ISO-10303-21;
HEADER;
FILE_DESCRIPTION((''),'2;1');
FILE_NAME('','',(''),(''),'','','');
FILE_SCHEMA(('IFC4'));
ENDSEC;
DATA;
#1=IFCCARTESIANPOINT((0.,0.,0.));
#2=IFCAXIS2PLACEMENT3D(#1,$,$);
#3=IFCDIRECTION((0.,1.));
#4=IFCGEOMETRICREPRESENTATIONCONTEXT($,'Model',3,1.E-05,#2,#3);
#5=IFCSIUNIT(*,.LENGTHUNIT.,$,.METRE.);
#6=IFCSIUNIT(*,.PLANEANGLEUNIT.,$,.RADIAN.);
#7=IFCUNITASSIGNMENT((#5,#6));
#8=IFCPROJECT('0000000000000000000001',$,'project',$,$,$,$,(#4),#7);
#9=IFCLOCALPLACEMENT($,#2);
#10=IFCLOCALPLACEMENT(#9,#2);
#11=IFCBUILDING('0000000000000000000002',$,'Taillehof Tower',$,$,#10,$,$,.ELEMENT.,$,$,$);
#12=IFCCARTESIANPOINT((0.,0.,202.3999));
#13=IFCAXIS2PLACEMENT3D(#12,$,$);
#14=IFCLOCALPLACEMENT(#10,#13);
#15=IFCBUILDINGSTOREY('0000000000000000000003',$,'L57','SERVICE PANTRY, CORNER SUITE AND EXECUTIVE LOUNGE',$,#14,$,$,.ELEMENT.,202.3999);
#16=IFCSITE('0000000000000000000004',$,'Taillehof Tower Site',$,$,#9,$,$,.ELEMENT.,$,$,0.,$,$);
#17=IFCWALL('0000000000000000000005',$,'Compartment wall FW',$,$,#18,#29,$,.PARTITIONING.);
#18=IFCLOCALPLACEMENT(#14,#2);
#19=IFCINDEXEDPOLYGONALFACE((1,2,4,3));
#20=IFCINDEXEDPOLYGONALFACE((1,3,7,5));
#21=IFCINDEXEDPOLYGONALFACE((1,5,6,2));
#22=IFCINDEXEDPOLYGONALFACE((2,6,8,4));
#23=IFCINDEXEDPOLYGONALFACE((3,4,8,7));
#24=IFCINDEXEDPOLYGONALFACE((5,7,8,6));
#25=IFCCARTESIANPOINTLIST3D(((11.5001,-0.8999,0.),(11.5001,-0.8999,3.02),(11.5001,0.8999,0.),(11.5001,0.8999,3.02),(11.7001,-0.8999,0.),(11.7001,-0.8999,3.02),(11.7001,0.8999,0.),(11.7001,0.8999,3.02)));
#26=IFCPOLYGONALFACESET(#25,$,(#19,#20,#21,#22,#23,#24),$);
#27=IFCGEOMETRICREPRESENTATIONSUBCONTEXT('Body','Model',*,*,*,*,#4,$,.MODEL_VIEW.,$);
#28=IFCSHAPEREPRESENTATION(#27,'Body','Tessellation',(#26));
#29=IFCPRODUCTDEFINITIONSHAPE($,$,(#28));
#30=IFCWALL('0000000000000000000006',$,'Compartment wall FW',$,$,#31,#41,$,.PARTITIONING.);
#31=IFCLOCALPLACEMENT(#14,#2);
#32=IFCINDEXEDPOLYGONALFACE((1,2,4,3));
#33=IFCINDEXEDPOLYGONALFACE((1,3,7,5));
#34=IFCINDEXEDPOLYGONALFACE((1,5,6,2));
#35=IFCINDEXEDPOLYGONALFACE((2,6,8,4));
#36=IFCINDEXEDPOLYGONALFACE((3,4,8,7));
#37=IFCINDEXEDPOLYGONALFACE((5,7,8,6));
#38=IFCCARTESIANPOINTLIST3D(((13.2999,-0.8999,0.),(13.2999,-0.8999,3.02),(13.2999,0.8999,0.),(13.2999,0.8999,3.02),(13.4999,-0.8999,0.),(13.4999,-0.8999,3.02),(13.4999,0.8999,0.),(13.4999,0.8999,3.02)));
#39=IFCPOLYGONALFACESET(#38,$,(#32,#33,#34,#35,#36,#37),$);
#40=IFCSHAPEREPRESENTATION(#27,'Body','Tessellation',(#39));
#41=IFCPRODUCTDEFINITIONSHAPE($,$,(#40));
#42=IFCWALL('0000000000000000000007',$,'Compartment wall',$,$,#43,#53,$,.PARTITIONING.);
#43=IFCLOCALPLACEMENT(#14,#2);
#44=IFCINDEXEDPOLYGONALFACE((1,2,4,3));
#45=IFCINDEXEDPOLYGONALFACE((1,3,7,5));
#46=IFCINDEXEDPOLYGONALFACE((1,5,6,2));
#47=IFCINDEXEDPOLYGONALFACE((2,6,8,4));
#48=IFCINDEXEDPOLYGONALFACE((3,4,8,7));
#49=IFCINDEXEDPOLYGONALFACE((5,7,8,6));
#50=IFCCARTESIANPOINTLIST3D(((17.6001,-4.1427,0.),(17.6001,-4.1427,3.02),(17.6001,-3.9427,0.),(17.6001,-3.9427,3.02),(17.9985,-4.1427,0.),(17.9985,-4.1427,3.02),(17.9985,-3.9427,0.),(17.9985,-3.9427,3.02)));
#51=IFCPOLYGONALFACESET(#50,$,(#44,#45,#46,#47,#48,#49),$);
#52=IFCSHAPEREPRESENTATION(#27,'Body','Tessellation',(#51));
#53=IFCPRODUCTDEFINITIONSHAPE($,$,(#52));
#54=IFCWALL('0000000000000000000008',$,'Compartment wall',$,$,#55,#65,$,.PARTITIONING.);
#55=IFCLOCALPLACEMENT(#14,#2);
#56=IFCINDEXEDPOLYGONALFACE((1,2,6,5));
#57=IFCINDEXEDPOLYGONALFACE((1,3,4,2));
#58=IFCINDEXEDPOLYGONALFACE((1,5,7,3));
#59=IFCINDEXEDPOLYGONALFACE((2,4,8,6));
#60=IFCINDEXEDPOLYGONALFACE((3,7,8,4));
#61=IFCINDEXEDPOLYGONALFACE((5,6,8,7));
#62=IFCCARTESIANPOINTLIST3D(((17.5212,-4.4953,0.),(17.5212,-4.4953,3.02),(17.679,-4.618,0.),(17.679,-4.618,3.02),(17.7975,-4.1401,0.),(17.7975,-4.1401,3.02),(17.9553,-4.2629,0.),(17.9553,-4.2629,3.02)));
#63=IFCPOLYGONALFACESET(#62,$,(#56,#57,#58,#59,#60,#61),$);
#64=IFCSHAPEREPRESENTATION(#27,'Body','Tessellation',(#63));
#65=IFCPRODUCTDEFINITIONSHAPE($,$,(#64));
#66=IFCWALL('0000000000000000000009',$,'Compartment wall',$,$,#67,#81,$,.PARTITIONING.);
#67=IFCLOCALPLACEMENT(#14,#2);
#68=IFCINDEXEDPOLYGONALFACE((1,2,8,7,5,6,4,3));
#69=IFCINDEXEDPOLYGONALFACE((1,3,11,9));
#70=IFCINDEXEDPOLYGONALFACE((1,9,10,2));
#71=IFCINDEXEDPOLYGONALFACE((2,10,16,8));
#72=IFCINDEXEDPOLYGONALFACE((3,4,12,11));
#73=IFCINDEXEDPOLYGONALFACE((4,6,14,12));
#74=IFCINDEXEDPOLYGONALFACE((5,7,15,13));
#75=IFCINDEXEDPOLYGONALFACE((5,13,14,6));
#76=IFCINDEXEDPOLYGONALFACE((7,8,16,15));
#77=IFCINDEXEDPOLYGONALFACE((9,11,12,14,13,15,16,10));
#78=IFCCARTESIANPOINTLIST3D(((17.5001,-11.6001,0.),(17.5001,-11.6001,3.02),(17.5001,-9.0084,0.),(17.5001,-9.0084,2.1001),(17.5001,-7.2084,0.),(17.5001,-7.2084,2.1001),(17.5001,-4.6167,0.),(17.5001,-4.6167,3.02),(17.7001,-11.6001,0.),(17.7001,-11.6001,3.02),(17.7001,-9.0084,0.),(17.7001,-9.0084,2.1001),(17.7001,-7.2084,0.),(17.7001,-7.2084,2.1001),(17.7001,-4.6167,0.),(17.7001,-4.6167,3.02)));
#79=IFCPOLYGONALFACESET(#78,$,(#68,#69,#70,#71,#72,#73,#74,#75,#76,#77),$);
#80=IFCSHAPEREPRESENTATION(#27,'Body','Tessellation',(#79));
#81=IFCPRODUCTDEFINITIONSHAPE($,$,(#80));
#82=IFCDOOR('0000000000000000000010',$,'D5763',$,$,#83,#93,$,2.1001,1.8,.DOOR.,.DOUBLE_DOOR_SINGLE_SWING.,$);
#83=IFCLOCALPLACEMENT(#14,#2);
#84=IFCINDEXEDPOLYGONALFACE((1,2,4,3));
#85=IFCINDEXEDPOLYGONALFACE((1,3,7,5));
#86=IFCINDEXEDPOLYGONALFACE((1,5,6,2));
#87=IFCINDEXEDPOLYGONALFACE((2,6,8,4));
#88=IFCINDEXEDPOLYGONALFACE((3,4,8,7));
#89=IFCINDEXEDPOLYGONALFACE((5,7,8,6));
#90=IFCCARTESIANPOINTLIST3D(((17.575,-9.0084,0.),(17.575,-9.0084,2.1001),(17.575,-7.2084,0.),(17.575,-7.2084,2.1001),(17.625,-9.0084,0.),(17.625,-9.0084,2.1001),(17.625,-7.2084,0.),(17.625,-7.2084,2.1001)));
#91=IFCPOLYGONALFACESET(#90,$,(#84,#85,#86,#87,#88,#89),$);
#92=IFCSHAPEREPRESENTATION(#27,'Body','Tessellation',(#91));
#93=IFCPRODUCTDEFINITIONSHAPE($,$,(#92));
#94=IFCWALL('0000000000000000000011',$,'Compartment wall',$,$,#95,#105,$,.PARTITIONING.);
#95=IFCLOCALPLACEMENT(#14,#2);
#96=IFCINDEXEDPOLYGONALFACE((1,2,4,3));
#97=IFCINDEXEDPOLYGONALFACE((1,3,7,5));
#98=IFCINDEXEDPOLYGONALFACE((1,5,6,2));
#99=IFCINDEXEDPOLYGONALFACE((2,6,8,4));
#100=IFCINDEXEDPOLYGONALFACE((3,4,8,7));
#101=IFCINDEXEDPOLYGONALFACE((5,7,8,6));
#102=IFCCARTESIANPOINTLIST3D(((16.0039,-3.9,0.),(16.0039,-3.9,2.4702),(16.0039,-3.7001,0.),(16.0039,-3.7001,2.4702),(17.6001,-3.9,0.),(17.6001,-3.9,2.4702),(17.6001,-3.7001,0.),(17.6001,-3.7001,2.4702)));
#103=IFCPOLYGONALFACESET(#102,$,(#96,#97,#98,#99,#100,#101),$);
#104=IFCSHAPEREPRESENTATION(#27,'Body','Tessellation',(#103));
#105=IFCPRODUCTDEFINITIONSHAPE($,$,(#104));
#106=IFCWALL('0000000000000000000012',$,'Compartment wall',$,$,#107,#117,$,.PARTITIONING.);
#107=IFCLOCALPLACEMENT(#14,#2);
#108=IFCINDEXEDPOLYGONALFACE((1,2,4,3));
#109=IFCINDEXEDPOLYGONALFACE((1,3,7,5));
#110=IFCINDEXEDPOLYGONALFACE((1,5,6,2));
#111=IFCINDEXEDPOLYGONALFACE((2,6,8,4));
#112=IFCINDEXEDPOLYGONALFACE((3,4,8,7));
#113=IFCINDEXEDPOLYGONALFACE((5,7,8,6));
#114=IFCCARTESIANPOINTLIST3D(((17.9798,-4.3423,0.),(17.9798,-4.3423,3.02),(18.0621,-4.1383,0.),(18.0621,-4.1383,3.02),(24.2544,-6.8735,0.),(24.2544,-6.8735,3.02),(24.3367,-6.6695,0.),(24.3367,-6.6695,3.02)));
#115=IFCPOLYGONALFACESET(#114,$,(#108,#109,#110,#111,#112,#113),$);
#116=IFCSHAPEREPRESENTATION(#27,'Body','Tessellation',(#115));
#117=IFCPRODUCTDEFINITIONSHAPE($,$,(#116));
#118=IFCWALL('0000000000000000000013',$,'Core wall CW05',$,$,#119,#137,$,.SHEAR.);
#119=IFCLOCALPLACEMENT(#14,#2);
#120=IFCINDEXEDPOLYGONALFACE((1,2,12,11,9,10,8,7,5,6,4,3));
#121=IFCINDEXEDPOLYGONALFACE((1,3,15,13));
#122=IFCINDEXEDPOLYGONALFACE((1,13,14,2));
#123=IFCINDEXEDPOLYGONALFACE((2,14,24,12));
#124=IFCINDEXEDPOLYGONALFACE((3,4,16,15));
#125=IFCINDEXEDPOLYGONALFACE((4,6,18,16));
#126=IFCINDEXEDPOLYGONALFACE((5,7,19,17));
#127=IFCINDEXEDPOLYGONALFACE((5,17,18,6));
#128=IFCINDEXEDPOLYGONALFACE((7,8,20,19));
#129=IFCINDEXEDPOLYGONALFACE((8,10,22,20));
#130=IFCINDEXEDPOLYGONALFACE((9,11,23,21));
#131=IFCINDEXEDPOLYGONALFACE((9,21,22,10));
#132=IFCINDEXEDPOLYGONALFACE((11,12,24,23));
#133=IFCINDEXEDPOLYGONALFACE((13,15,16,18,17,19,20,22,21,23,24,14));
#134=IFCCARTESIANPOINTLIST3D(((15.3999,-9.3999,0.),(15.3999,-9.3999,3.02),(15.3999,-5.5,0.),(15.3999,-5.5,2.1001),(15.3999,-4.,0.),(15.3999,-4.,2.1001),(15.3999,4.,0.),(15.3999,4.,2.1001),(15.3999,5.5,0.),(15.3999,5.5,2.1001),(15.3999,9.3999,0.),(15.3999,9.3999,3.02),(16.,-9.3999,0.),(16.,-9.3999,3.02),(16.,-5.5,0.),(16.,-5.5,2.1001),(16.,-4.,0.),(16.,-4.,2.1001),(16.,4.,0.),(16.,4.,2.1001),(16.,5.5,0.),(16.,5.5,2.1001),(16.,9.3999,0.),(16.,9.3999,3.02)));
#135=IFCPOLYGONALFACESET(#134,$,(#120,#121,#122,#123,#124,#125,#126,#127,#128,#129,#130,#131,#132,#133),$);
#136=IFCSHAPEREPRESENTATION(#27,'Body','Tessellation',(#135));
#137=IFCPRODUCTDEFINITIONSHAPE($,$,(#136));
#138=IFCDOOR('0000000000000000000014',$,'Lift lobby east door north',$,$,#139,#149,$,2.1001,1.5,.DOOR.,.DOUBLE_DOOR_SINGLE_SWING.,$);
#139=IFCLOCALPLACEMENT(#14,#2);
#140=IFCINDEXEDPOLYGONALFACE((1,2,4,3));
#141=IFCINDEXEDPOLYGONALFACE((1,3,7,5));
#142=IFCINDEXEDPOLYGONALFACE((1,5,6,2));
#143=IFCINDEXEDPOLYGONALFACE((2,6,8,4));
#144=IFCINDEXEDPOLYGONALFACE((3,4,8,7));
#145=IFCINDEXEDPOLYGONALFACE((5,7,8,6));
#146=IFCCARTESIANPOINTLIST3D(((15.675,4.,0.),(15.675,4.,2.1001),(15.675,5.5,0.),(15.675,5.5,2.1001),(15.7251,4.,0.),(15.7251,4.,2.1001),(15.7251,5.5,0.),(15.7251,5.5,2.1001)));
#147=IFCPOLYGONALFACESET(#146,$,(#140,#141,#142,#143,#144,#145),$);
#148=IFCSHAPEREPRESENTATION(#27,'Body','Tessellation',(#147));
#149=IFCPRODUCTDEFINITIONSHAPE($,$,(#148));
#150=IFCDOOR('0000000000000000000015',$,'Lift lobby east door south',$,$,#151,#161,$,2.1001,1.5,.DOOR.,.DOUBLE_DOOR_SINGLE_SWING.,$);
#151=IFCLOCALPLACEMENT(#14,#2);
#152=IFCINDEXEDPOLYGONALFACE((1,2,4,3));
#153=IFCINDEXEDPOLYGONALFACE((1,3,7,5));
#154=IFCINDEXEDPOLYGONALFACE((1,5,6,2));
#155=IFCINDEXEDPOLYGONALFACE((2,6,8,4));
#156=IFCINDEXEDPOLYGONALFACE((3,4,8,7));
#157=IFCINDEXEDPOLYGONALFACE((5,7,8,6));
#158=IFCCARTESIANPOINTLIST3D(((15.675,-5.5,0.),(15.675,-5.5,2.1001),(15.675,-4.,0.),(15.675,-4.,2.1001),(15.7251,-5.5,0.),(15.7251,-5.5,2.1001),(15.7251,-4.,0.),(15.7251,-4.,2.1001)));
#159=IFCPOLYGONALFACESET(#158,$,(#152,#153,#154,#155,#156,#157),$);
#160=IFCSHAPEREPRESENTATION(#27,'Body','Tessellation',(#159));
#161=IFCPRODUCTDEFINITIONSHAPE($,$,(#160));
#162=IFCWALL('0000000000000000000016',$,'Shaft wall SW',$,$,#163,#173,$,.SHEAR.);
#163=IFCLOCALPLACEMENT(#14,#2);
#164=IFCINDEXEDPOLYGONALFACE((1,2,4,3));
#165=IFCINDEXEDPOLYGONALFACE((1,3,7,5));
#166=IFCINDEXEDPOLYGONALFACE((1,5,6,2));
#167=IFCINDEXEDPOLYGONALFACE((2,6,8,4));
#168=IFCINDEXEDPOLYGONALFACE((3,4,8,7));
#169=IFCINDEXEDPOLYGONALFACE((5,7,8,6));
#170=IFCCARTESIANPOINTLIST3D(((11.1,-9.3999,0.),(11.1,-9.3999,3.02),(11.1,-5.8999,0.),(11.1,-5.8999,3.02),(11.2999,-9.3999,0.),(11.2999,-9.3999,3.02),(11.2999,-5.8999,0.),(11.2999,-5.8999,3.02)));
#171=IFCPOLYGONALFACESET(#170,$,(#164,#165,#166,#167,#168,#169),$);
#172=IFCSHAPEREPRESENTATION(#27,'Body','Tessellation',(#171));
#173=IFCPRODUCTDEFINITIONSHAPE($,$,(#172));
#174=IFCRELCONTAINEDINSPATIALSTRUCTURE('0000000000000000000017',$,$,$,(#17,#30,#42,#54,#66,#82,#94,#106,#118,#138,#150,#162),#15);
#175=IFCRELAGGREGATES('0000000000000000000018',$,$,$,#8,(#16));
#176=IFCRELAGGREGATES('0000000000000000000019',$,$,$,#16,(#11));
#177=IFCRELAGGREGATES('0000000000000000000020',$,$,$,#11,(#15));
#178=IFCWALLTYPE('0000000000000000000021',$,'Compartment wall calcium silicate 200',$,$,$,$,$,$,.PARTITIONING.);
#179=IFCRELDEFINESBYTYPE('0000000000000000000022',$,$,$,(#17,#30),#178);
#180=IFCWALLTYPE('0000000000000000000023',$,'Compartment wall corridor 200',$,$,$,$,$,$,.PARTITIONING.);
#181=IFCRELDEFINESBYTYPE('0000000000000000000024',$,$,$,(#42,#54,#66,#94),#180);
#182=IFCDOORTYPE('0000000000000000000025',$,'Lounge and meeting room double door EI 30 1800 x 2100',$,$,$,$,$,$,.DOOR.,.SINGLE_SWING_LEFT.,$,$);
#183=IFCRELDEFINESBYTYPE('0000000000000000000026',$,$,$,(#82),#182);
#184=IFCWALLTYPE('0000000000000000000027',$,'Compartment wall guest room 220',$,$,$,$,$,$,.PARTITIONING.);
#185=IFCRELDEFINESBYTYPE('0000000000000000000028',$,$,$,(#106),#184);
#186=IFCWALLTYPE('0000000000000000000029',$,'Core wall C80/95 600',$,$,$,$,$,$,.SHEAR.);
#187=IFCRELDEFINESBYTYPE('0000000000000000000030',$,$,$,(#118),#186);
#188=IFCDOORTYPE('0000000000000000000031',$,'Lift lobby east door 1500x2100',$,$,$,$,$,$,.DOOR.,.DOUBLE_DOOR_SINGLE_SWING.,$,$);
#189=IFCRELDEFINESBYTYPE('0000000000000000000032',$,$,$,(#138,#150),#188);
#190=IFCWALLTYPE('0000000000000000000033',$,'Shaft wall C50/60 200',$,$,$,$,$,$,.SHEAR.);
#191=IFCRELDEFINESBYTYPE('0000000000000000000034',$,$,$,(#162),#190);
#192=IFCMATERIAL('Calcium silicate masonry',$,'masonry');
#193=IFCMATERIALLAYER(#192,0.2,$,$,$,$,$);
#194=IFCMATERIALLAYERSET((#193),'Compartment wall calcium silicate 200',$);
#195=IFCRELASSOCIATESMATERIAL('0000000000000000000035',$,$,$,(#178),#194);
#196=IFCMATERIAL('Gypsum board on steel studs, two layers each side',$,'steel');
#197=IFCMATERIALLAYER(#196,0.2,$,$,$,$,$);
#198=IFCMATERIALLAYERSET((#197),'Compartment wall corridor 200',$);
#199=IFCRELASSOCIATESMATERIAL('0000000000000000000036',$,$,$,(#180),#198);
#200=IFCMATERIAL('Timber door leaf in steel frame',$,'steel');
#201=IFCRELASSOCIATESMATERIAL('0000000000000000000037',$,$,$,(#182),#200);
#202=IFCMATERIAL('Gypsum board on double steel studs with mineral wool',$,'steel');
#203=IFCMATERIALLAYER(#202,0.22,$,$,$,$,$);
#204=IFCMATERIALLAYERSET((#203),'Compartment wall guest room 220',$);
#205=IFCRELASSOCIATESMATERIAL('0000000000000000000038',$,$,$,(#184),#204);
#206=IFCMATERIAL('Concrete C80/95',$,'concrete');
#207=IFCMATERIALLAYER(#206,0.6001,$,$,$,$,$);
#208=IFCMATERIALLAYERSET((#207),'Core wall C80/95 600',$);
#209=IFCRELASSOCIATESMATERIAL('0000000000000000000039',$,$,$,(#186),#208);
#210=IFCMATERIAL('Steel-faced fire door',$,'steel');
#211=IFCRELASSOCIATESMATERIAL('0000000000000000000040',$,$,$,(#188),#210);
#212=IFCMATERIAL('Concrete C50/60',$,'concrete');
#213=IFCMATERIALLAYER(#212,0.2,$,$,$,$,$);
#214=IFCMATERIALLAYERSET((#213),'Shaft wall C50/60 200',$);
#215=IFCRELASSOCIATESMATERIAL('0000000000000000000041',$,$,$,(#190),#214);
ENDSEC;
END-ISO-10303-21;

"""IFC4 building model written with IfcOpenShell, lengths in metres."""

from ifc_helpers import new_model, si_unit, direction, frame, frame_2d, origin, place, context, subcontext, project, spatial, rectangle, extrude, material, layer, layer_set, type_object, element, fill, save


model = new_model("IFC4")

# Units and contexts
model_context = context("Model", 3, precision=1e-05, world=origin(), true_north=direction((0.0, 1.0)))
body_context = subcontext(model_context, "Body", "Model", "MODEL_VIEW")
ifc_project = project(units=[si_unit("LENGTHUNIT", "METRE"), si_unit("PLANEANGLEUNIT", "RADIAN")], contexts=[model_context])

# Site, building, storey
site_placement = place(None, origin())
site = spatial("IfcSite", under=ifc_project, at=site_placement, Name="Taillehof Tower Site", CompositionType="ELEMENT", RefElevation=0.0)
building_placement = place(site_placement, origin())
building = spatial("IfcBuilding", under=site, at=building_placement, Name="Taillehof Tower", CompositionType="ELEMENT")
storey_placement = place(building_placement, frame((0.0, 0.0, 202.3999)))
storey = spatial("IfcBuildingStorey", under=building, at=storey_placement, Name="L57", Description="SERVICE PANTRY, CORNER SUITE AND EXECUTIVE LOUNGE", CompositionType="ELEMENT", Elevation=202.3999)

# Walls
ifc_material_1 = material(Name="Calcium silicate masonry", Category="masonry")
ifc_layer_1 = layer(ifc_material_1, 0.2)
ifc_layer_set_1 = layer_set([ifc_layer_1], Name="Compartment wall calcium silicate 200")
wall_type_1 = type_object("IfcWallType", Name="Compartment wall calcium silicate 200", PredefinedType="PARTITIONING", material=ifc_layer_set_1)
for number, where, z_axis, x_axis, name in (
    (1, (11.6001, -0.8999, 0.0), (0.0, 0.0, 1.0), (0.0, 1.0, 0.0), "Compartment wall FW"),
    (2, (13.3999, -0.8999, 0.0), (0.0, 0.0, 1.0), (0.0, 1.0, 0.0), "Compartment wall FW"),
):
    element("IfcWall", number, at=place(storey_placement, frame(where, z_axis=z_axis, x_axis=x_axis)), inside=storey, type_object=wall_type_1, Name=name, PredefinedType="PARTITIONING", context=body_context, shape_type="SweptSolid", body=[
        extrude(rectangle(XDim=1.7998, YDim=0.2, at=frame_2d((0.8999, 0.0))), origin(), (0.0, 0.0, 1.0), 3.02),
    ])
ifc_material_2 = material(Name="Gypsum board on steel studs, two layers each side", Category="steel")
ifc_layer_2 = layer(ifc_material_2, 0.2)
ifc_layer_set_2 = layer_set([ifc_layer_2], Name="Compartment wall corridor 200")
wall_type_2 = type_object("IfcWallType", Name="Compartment wall corridor 200", PredefinedType="PARTITIONING", material=ifc_layer_set_2)
wall_1_placement = place(storey_placement, frame((17.6001, -4.0427, 0.0), z_axis=(0.0, 0.0, 1.0), x_axis=(1.0, 0.0, 0.0)))
element("IfcWall", 3, at=wall_1_placement, inside=storey, type_object=wall_type_2, Name="Compartment wall", PredefinedType="PARTITIONING", context=body_context, shape_type="SweptSolid", body=[
    extrude(rectangle(XDim=0.3984, YDim=0.2, at=frame_2d((0.1992, 0.0))), origin(), (0.0, 0.0, 1.0), 3.02),
])
wall_2_placement = place(storey_placement, frame((17.8765, -4.2014, 0.0), z_axis=(0.0, 0.0, 1.0), x_axis=(-0.614053, -0.789265, 0.0)))
element("IfcWall", 4, at=wall_2_placement, inside=storey, type_object=wall_type_2, Name="Compartment wall", PredefinedType="PARTITIONING", context=body_context, shape_type="SweptSolid", body=[
    extrude(rectangle(XDim=0.45, YDim=0.2, at=frame_2d((0.2251, 0.0))), origin(), (0.0, 0.0, 1.0), 3.02),
])

# Wall, opening, door
wall_3_placement = place(storey_placement, frame((17.6001, -4.6167, 0.0), z_axis=(0.0, 0.0, 1.0), x_axis=(0.0, -1.0, 0.0)))
wall_3 = element("IfcWall", 5, at=wall_3_placement, inside=storey, type_object=wall_type_2, Name="Compartment wall", PredefinedType="PARTITIONING", context=body_context, shape_type="SweptSolid", body=[
    extrude(rectangle(XDim=6.9834, YDim=0.2, at=frame_2d((3.4917, 0.0))), origin(), (0.0, 0.0, 1.0), 3.02),
])
opening_1_placement = place(wall_3_placement, frame((2.5918, 0.0, 0.0)))
opening_1 = element("IfcOpeningElement", 6, at=opening_1_placement, cuts=wall_3, PredefinedType="OPENING", context=body_context, shape_type="SweptSolid", body=[
    extrude(rectangle(XDim=1.8, YDim=2.1001, at=frame_2d((0.8999, 1.05))), frame((0.0, 0.1099, 0.0), z_axis=(0.0, -1.0, 0.0), x_axis=(1.0, 0.0, 0.0)), (0.0, 0.0, 1.0), 0.22),
])
ifc_material_3 = material(Name="Timber door leaf in steel frame", Category="steel")
door_type_1 = type_object("IfcDoorType", Name="Lounge and meeting room double door EI 30 1800 x 2100", OperationType="SINGLE_SWING_LEFT", PredefinedType="DOOR", material=ifc_material_3)
door_1_placement = place(opening_1_placement, origin())
door_1 = element("IfcDoor", 7, at=door_1_placement, inside=storey, type_object=door_type_1, Name="D5763", OperationType="DOUBLE_DOOR_SINGLE_SWING", OverallHeight=2.1001, OverallWidth=1.8, PredefinedType="DOOR", context=body_context, shape_type="SweptSolid", body=[
    extrude(rectangle(XDim=1.8, YDim=2.1001, at=frame_2d((0.8999, 1.05))), frame((0.0, 0.0249, 0.0), z_axis=(0.0, -1.0, 0.0), x_axis=(1.0, 0.0, 0.0)), (0.0, 0.0, 1.0), 0.05),
])
fill(opening_1, door_1)

# Walls
wall_4_placement = place(storey_placement, frame((16.0039, -3.8, 0.0), z_axis=(0.0, 0.0, 1.0), x_axis=(1.0, 0.0, 0.0)))
element("IfcWall", 8, at=wall_4_placement, inside=storey, type_object=wall_type_2, Name="Compartment wall", PredefinedType="PARTITIONING", context=body_context, shape_type="SweptSolid", body=[
    extrude(rectangle(XDim=1.5962, YDim=0.2, at=frame_2d((0.7981, 0.0))), origin(), (0.0, 0.0, 1.0), 2.4702),
])
ifc_material_4 = material(Name="Gypsum board on double steel studs with mineral wool", Category="steel")
ifc_layer_3 = layer(ifc_material_4, 0.22)
ifc_layer_set_3 = layer_set([ifc_layer_3], Name="Compartment wall guest room 220")
wall_type_3 = type_object("IfcWallType", Name="Compartment wall guest room 220", PredefinedType="PARTITIONING", material=ifc_layer_set_3)
wall_5_placement = place(storey_placement, frame((24.2954, -6.7715, 0.0), z_axis=(0.0, 0.0, 1.0), x_axis=(-0.927383, 0.374114, 0.0)))
element("IfcWall", 9, at=wall_5_placement, inside=storey, type_object=wall_type_3, Name="Compartment wall", PredefinedType="PARTITIONING", context=body_context, shape_type="SweptSolid", body=[
    extrude(rectangle(XDim=6.7659, YDim=0.22, at=frame_2d((3.3828, 0.0))), origin(), (0.0, 0.0, 1.0), 3.02),
])

# Wall, openings, doors
ifc_material_5 = material(Name="Concrete C80/95", Category="concrete")
ifc_layer_4 = layer(ifc_material_5, 0.6001)
ifc_layer_set_4 = layer_set([ifc_layer_4], Name="Core wall C80/95 600")
wall_type_4 = type_object("IfcWallType", Name="Core wall C80/95 600", PredefinedType="SHEAR", material=ifc_layer_set_4)
wall_6_placement = place(storey_placement, frame((15.7, -9.3999, 0.0), z_axis=(0.0, 0.0, 1.0), x_axis=(0.0, 1.0, 0.0)))
wall_6 = element("IfcWall", 10, at=wall_6_placement, inside=storey, type_object=wall_type_4, Name="Core wall CW05", PredefinedType="SHEAR", context=body_context, shape_type="SweptSolid", body=[
    extrude(rectangle(XDim=18.7998, YDim=0.6001, at=frame_2d((9.3999, 0.0))), origin(), (0.0, 0.0, 1.0), 3.02),
])
opening_2_placement = place(wall_6_placement, frame((13.3999, 0.0, 0.0)))
opening_2 = element("IfcOpeningElement", 11, at=opening_2_placement, cuts=wall_6, PredefinedType="OPENING", context=body_context, shape_type="SweptSolid", body=[
    extrude(rectangle(XDim=1.5, YDim=2.1001, at=frame_2d((0.75, 1.05))), frame((0.0, 0.3101, 0.0), z_axis=(0.0, -1.0, 0.0), x_axis=(1.0, 0.0, 0.0)), (0.0, 0.0, 1.0), 0.6201),
])
opening_3_placement = place(wall_6_placement, frame((3.8999, 0.0, 0.0)))
opening_3 = element("IfcOpeningElement", 12, at=opening_3_placement, cuts=wall_6, PredefinedType="OPENING", context=body_context, shape_type="SweptSolid", body=[
    extrude(rectangle(XDim=1.5, YDim=2.1001, at=frame_2d((0.75, 1.05))), frame((0.0, 0.3101, 0.0), z_axis=(0.0, -1.0, 0.0), x_axis=(1.0, 0.0, 0.0)), (0.0, 0.0, 1.0), 0.6201),
])
ifc_material_6 = material(Name="Steel-faced fire door", Category="steel")
door_type_2 = type_object("IfcDoorType", Name="Lift lobby east door 1500x2100", OperationType="DOUBLE_DOOR_SINGLE_SWING", PredefinedType="DOOR", material=ifc_material_6)
door_2_placement = place(opening_2_placement, origin())
door_2 = element("IfcDoor", 13, at=door_2_placement, inside=storey, type_object=door_type_2, Name="Lift lobby east door north", OperationType="DOUBLE_DOOR_SINGLE_SWING", OverallHeight=2.1001, OverallWidth=1.5, PredefinedType="DOOR", context=body_context, shape_type="SweptSolid", body=[
    extrude(rectangle(XDim=1.5, YDim=2.1001, at=frame_2d((0.75, 1.05))), frame((0.0, 0.0249, 0.0), z_axis=(0.0, -1.0, 0.0), x_axis=(1.0, 0.0, 0.0)), (0.0, 0.0, 1.0), 0.05),
])
fill(opening_2, door_2)
door_3_placement = place(opening_3_placement, origin())
door_3 = element("IfcDoor", 14, at=door_3_placement, inside=storey, type_object=door_type_2, Name="Lift lobby east door south", OperationType="DOUBLE_DOOR_SINGLE_SWING", OverallHeight=2.1001, OverallWidth=1.5, PredefinedType="DOOR", context=body_context, shape_type="SweptSolid", body=[
    extrude(rectangle(XDim=1.5, YDim=2.1001, at=frame_2d((0.75, 1.05))), frame((0.0, 0.0249, 0.0), z_axis=(0.0, -1.0, 0.0), x_axis=(1.0, 0.0, 0.0)), (0.0, 0.0, 1.0), 0.05),
])
fill(opening_3, door_3)

# Wall
ifc_material_7 = material(Name="Concrete C50/60", Category="concrete")
ifc_layer_5 = layer(ifc_material_7, 0.2)
ifc_layer_set_5 = layer_set([ifc_layer_5], Name="Shaft wall C50/60 200")
wall_type_5 = type_object("IfcWallType", Name="Shaft wall C50/60 200", PredefinedType="SHEAR", material=ifc_layer_set_5)
for number, where, z_axis, x_axis, name in (
    (15, (11.2, -9.3999, 0.0), (0.0, 0.0, 1.0), (0.0, 1.0, 0.0), "Shaft wall SW"),
):
    element("IfcWall", number, at=place(storey_placement, frame(where, z_axis=z_axis, x_axis=x_axis)), inside=storey, type_object=wall_type_5, Name=name, PredefinedType="SHEAR", context=body_context, shape_type="SweptSolid", body=[
        extrude(rectangle(XDim=3.5, YDim=0.2, at=frame_2d((1.75, 0.0))), origin(), (0.0, 0.0, 1.0), 3.02),
    ])

save(model, "model.ifc")
